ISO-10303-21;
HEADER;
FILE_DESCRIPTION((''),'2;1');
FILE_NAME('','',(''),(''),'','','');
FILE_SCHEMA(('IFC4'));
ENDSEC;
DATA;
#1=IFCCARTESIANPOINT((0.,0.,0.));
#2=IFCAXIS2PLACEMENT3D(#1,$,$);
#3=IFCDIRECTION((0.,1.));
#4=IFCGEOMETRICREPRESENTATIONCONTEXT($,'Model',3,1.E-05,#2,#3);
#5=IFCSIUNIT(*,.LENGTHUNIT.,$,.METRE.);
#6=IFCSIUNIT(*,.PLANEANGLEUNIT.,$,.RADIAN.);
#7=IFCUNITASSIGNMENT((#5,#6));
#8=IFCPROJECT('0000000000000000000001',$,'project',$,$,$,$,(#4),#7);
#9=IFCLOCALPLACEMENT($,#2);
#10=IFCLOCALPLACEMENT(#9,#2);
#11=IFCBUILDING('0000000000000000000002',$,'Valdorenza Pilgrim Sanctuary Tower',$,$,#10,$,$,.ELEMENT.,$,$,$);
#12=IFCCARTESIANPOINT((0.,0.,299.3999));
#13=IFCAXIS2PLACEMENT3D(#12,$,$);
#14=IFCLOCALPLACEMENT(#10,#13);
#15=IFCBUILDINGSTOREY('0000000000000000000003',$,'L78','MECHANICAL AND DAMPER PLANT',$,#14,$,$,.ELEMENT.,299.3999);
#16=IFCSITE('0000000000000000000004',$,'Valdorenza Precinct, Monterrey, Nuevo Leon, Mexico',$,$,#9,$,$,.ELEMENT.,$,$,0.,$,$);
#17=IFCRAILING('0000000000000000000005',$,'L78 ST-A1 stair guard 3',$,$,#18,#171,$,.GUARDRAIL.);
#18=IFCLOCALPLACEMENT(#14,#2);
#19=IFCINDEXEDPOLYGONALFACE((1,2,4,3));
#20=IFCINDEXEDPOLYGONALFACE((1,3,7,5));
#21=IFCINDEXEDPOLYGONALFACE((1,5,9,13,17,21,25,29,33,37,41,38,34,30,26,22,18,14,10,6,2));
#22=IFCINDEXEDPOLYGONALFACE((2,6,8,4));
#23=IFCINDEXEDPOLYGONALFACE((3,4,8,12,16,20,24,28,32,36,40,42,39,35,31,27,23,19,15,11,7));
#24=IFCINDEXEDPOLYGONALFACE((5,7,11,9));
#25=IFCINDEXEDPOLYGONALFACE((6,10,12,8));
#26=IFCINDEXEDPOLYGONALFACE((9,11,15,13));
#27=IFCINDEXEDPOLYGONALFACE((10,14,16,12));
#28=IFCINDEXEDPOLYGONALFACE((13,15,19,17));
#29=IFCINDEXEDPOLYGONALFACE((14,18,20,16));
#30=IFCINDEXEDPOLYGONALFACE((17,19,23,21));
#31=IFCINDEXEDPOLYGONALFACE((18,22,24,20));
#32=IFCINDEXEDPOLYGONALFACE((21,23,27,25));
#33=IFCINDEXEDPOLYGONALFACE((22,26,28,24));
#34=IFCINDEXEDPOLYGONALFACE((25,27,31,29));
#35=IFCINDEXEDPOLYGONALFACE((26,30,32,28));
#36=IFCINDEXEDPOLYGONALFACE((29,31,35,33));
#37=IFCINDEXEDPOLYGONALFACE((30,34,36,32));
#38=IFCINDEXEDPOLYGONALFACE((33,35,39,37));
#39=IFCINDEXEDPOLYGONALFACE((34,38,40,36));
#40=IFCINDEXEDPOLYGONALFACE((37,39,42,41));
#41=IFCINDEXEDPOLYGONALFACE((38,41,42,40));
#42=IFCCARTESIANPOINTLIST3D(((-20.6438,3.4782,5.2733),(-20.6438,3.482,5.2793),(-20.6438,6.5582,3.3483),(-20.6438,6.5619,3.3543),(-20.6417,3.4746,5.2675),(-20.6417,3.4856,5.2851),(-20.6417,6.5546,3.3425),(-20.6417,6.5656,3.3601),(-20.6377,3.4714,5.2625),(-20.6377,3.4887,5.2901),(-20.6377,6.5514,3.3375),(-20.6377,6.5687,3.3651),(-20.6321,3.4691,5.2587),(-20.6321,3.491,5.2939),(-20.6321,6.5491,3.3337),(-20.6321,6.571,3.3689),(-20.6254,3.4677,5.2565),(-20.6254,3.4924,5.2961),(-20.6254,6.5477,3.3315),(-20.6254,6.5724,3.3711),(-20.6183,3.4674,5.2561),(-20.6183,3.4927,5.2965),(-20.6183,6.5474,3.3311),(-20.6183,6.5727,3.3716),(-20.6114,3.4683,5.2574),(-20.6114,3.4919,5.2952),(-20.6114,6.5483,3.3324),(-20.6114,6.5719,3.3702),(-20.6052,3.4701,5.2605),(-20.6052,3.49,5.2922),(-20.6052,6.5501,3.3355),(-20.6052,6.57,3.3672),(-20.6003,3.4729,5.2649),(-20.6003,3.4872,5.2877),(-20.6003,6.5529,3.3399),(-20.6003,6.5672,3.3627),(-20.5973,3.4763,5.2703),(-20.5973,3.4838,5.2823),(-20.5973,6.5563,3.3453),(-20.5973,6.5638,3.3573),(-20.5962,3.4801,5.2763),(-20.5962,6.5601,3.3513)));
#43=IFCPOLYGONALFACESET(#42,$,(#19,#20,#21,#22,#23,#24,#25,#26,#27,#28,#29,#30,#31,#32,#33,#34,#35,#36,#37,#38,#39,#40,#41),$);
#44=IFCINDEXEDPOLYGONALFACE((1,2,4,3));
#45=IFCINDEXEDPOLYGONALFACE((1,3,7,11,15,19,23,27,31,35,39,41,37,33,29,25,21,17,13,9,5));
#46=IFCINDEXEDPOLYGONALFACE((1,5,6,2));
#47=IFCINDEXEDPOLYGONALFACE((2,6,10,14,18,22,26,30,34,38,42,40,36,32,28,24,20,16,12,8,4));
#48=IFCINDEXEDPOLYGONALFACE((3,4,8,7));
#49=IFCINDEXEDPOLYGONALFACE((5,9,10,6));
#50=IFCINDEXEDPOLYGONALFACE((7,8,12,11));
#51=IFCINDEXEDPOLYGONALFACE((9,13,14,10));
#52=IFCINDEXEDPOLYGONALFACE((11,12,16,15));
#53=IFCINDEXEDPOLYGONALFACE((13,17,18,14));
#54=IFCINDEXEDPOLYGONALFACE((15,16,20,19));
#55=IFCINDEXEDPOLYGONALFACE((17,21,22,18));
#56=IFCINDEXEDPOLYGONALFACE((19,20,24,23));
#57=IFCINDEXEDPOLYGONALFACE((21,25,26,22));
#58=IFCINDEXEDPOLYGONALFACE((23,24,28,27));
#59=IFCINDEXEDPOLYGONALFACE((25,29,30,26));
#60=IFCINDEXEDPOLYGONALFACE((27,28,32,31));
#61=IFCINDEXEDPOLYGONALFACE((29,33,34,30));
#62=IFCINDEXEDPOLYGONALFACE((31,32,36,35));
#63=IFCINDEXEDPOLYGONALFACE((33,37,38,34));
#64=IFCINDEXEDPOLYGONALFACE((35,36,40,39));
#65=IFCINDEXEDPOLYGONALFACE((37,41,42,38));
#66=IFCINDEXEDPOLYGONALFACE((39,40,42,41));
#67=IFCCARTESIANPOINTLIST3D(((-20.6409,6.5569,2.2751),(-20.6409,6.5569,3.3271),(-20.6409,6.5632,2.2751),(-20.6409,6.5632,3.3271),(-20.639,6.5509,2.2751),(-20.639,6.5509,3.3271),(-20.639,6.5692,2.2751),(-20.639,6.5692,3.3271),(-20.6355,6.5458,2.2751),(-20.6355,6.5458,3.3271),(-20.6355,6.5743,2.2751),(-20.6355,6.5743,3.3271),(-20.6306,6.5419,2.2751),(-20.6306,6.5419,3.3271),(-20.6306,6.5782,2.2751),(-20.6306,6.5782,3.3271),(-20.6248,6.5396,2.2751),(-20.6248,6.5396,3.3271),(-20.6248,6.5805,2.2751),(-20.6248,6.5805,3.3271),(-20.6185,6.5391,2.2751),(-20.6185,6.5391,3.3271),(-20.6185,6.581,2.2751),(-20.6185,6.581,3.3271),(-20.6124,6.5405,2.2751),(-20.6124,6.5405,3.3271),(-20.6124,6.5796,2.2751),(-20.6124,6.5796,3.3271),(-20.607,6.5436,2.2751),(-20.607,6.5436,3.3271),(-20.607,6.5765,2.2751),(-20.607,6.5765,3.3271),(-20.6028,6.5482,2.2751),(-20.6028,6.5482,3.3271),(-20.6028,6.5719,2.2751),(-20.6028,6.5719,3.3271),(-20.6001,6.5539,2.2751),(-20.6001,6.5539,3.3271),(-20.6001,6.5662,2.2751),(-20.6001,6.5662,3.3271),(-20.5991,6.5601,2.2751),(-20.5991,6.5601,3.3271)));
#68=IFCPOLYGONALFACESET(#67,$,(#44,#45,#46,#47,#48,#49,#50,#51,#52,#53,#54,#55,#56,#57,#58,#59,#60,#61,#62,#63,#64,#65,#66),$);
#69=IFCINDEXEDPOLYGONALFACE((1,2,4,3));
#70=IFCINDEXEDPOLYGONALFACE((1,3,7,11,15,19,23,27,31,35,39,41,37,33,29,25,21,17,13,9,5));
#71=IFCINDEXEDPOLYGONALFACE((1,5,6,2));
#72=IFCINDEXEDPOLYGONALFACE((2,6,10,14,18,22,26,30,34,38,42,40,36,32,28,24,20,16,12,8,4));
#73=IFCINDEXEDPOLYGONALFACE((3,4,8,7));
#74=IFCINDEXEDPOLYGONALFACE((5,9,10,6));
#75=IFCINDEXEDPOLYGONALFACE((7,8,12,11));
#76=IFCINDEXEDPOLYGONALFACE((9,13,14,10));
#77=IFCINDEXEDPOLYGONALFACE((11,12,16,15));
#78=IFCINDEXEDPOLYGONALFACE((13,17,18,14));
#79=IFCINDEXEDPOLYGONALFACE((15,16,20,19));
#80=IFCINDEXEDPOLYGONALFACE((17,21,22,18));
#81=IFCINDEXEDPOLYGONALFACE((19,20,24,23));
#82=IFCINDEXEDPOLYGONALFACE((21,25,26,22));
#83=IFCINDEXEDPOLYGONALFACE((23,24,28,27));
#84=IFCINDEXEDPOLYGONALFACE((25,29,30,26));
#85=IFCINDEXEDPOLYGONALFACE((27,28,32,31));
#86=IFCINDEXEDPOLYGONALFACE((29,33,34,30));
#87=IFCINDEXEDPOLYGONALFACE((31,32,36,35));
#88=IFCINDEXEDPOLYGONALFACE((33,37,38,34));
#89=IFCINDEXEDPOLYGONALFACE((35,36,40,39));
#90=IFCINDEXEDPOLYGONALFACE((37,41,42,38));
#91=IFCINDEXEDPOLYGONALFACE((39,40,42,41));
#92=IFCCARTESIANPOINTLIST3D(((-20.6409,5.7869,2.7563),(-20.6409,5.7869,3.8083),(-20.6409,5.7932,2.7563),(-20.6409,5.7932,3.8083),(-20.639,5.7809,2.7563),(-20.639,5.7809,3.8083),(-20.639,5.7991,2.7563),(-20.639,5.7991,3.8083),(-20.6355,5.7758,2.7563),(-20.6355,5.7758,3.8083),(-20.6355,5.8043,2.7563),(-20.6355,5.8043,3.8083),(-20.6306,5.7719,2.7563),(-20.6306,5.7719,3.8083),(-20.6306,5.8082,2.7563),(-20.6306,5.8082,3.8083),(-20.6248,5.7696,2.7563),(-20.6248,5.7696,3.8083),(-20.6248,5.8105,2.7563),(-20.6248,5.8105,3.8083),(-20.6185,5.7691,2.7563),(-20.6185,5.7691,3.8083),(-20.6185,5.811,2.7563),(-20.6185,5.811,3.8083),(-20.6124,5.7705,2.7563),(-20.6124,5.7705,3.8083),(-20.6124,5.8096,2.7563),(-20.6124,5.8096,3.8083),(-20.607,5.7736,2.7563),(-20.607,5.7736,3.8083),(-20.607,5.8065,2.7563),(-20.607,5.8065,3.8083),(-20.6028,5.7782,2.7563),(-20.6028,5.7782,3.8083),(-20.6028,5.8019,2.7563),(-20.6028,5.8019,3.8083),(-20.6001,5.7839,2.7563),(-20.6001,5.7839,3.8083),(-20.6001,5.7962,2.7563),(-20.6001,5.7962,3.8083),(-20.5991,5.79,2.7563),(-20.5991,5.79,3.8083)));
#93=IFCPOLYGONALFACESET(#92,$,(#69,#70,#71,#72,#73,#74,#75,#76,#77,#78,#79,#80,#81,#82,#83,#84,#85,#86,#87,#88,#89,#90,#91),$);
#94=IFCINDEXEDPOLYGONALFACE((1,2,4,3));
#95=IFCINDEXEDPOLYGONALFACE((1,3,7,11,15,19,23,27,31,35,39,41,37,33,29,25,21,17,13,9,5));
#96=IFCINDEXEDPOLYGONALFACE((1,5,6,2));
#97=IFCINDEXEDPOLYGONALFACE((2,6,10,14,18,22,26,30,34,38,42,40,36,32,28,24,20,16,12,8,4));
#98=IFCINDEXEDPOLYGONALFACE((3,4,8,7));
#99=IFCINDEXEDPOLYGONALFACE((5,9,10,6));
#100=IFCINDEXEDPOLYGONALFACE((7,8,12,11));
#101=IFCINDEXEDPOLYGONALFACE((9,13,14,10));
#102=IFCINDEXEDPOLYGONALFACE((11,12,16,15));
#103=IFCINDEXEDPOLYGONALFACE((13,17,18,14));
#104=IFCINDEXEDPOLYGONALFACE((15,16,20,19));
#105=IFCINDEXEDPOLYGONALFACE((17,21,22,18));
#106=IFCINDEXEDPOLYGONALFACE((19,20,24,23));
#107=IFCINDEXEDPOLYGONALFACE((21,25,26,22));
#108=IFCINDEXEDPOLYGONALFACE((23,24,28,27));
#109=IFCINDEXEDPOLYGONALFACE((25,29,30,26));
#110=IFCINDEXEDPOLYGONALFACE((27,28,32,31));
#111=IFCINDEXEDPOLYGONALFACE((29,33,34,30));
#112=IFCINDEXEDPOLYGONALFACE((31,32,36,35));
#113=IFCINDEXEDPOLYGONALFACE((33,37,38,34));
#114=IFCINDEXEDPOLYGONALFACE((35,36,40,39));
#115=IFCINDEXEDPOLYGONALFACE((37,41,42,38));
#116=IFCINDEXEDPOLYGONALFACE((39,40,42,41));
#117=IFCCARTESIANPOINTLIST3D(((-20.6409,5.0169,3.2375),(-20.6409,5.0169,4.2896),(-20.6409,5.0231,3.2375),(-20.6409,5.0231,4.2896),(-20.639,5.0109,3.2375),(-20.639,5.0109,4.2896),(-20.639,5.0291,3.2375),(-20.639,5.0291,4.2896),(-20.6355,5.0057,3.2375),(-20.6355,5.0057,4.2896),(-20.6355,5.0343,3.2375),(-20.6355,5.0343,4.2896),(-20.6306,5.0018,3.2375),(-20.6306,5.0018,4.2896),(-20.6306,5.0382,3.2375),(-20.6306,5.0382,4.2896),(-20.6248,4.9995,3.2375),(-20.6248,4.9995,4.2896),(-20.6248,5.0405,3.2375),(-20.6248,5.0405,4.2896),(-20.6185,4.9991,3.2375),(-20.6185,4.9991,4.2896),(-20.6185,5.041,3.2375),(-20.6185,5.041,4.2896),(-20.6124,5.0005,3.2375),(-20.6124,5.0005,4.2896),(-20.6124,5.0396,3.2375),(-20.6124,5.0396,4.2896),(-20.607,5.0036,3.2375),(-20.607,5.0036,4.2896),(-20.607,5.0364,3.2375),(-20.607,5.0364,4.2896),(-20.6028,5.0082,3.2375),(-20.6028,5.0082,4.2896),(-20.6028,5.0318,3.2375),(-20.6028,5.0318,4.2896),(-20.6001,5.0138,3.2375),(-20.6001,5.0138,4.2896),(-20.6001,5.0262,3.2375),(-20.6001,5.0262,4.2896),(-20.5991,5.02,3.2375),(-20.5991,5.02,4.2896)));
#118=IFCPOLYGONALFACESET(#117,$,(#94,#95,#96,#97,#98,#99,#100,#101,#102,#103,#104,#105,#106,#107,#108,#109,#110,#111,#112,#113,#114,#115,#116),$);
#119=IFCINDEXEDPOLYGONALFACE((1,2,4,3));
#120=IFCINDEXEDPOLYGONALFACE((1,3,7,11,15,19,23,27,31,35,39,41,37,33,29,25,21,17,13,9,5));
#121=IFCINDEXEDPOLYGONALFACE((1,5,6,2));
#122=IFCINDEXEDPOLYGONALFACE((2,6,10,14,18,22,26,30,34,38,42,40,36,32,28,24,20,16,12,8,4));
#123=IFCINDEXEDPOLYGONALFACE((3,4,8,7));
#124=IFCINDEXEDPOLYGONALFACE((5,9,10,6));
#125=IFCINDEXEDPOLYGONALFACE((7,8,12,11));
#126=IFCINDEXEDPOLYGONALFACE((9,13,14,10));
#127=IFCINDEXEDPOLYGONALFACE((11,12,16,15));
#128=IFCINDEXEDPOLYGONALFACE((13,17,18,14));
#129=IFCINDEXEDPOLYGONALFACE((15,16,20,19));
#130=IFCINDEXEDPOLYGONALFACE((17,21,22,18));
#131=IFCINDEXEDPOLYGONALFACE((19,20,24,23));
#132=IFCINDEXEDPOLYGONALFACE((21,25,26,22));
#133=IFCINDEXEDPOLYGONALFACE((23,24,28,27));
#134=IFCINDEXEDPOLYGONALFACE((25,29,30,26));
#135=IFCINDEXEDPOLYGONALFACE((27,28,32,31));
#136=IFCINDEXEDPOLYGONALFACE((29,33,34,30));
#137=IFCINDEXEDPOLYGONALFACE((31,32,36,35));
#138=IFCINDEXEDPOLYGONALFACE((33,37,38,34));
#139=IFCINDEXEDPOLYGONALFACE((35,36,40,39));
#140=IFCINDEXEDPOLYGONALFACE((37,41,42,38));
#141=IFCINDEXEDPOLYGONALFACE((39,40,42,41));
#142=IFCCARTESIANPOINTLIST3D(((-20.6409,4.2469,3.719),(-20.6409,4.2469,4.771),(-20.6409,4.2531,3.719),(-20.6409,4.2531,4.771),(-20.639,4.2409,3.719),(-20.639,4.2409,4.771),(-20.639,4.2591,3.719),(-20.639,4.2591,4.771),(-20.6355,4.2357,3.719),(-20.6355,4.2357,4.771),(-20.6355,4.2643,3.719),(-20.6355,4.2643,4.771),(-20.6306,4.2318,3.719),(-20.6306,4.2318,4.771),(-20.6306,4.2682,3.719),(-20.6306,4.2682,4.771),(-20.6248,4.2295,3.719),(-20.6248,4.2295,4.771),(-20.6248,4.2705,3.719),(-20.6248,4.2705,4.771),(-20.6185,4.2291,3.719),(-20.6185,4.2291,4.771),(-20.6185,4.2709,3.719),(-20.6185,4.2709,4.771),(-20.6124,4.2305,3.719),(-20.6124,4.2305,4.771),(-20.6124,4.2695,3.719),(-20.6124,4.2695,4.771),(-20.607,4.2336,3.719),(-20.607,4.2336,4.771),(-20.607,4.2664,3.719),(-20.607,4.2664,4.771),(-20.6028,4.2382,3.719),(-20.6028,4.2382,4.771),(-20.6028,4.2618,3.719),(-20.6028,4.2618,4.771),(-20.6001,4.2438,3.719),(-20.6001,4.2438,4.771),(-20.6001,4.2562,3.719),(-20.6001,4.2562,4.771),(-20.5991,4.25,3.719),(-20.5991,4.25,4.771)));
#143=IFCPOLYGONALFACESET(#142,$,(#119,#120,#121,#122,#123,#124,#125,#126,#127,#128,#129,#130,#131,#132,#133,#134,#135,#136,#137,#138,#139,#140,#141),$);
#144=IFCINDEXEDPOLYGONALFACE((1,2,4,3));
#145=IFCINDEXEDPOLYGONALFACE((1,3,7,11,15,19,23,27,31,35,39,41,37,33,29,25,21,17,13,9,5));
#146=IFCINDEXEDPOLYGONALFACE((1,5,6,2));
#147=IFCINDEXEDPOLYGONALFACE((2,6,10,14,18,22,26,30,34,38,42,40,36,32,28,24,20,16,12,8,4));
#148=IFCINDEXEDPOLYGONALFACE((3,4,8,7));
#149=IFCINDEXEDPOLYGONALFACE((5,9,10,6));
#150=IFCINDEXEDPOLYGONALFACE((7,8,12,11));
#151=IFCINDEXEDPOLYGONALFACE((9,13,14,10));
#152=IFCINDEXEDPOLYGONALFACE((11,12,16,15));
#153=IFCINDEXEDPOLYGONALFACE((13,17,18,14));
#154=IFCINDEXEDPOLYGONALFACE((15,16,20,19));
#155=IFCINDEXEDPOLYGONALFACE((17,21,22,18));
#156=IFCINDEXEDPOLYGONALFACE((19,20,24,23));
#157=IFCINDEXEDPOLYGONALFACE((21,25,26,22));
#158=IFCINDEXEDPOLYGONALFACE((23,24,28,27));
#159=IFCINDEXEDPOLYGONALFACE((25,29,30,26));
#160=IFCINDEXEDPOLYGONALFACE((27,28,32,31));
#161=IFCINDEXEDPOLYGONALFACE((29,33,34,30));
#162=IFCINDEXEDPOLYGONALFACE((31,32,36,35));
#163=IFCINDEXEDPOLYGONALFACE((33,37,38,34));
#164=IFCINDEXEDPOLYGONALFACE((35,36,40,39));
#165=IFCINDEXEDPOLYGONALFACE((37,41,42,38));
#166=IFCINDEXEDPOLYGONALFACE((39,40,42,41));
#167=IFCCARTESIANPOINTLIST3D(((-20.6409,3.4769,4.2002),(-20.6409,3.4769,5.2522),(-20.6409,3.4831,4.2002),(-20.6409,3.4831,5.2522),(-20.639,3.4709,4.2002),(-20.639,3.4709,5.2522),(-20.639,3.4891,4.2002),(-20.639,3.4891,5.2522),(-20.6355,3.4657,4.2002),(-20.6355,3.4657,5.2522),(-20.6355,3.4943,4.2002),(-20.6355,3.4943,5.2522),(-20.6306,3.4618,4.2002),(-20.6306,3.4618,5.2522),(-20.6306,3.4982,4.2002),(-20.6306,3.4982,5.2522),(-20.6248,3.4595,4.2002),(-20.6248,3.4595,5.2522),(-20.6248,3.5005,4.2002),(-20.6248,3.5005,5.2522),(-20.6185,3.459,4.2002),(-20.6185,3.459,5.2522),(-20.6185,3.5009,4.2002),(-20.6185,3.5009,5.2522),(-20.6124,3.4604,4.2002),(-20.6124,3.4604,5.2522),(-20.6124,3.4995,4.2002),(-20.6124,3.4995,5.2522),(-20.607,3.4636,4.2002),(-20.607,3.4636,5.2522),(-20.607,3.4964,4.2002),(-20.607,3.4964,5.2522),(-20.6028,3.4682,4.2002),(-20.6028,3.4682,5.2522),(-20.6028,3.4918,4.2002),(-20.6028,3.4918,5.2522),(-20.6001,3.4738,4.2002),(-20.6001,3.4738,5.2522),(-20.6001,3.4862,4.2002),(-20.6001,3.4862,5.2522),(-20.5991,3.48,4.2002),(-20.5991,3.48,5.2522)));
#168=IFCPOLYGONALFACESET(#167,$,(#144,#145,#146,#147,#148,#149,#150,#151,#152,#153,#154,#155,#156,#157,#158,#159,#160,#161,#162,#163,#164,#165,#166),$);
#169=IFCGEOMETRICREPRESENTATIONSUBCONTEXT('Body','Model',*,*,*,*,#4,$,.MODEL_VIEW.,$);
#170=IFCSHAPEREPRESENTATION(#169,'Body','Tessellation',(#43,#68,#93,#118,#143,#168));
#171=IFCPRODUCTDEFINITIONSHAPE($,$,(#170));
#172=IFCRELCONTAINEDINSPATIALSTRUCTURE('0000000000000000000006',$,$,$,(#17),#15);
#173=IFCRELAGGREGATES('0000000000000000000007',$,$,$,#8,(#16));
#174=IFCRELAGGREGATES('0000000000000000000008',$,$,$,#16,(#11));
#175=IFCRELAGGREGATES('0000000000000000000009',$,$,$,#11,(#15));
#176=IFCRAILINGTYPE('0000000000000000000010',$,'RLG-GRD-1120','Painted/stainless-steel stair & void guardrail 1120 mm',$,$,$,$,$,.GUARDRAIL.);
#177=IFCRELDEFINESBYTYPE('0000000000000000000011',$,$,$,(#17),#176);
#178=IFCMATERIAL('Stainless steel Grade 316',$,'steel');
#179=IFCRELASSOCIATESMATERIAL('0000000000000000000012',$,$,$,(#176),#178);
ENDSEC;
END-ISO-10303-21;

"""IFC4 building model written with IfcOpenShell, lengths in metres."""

from ifc_helpers import new_model, si_unit, direction, frame, origin, origin_2d, place, context, subcontext, project, spatial, circle, extrude, material, type_object, element, save


model = new_model("IFC4")

# Units and contexts
model_context = context("Model", 3, precision=1e-05, world=origin(), true_north=direction((0.0, 1.0)))
body_context = subcontext(model_context, "Body", "Model", "MODEL_VIEW")
ifc_project = project(units=[si_unit("LENGTHUNIT", "METRE"), si_unit("PLANEANGLEUNIT", "RADIAN")], contexts=[model_context])

# Site, building, storey
site_placement = place(None, origin())
site = spatial("IfcSite", under=ifc_project, at=site_placement, Name="Valdorenza Precinct, Monterrey, Nuevo Leon, Mexico", CompositionType="ELEMENT", RefElevation=0.0)
building_placement = place(site_placement, origin())
building = spatial("IfcBuilding", under=site, at=building_placement, Name="Valdorenza Pilgrim Sanctuary Tower", CompositionType="ELEMENT")
storey_placement = place(building_placement, frame((0.0, 0.0, 299.3999)))
storey = spatial("IfcBuildingStorey", under=building, at=storey_placement, Name="L78", Description="MECHANICAL AND DAMPER PLANT", CompositionType="ELEMENT", Elevation=299.3999)

# Railing
ifc_material_1 = material(Name="Stainless steel Grade 316", Category="steel")
railing_type_1 = type_object("IfcRailingType", Name="RLG-GRD-1120", Description="Painted/stainless-steel stair & void guardrail 1120 mm", PredefinedType="GUARDRAIL", material=ifc_material_1)
railing_1_placement = place(storey_placement, frame((-20.6201, 6.5601, 2.2751)))
element("IfcRailing", 1, at=railing_1_placement, inside=storey, type_object=railing_type_1, Name="L78 ST-A1 stair guard 3", PredefinedType="GUARDRAIL", context=body_context, shape_type="SweptSolid", body=[
    extrude(circle(Radius=0.0239, at=origin_2d()), frame((0.0, 0.0, 1.0762), z_axis=(0.0, -0.847998, 0.529999), x_axis=(1.0, 0.0, 0.0)), (0.0, 0.0, 1.0), 3.6321),
    extrude(circle(Radius=0.021, at=origin_2d()), origin(), (0.0, 0.0, 1.0), 1.052),
    extrude(circle(Radius=0.021, at=origin_2d()), frame((0.0, -0.77, 0.4812)), (0.0, 0.0, 1.0), 1.052),
    extrude(circle(Radius=0.021, at=origin_2d()), frame((0.0, -1.54, 0.9624)), (0.0, 0.0, 1.0), 1.052),
    extrude(circle(Radius=0.021, at=origin_2d()), frame((0.0, -2.3101, 1.4438)), (0.0, 0.0, 1.0), 1.052),
    extrude(circle(Radius=0.021, at=origin_2d()), frame((0.0, -3.0801, 1.925)), (0.0, 0.0, 1.0), 1.052),
])

save(model, "model.ifc")
